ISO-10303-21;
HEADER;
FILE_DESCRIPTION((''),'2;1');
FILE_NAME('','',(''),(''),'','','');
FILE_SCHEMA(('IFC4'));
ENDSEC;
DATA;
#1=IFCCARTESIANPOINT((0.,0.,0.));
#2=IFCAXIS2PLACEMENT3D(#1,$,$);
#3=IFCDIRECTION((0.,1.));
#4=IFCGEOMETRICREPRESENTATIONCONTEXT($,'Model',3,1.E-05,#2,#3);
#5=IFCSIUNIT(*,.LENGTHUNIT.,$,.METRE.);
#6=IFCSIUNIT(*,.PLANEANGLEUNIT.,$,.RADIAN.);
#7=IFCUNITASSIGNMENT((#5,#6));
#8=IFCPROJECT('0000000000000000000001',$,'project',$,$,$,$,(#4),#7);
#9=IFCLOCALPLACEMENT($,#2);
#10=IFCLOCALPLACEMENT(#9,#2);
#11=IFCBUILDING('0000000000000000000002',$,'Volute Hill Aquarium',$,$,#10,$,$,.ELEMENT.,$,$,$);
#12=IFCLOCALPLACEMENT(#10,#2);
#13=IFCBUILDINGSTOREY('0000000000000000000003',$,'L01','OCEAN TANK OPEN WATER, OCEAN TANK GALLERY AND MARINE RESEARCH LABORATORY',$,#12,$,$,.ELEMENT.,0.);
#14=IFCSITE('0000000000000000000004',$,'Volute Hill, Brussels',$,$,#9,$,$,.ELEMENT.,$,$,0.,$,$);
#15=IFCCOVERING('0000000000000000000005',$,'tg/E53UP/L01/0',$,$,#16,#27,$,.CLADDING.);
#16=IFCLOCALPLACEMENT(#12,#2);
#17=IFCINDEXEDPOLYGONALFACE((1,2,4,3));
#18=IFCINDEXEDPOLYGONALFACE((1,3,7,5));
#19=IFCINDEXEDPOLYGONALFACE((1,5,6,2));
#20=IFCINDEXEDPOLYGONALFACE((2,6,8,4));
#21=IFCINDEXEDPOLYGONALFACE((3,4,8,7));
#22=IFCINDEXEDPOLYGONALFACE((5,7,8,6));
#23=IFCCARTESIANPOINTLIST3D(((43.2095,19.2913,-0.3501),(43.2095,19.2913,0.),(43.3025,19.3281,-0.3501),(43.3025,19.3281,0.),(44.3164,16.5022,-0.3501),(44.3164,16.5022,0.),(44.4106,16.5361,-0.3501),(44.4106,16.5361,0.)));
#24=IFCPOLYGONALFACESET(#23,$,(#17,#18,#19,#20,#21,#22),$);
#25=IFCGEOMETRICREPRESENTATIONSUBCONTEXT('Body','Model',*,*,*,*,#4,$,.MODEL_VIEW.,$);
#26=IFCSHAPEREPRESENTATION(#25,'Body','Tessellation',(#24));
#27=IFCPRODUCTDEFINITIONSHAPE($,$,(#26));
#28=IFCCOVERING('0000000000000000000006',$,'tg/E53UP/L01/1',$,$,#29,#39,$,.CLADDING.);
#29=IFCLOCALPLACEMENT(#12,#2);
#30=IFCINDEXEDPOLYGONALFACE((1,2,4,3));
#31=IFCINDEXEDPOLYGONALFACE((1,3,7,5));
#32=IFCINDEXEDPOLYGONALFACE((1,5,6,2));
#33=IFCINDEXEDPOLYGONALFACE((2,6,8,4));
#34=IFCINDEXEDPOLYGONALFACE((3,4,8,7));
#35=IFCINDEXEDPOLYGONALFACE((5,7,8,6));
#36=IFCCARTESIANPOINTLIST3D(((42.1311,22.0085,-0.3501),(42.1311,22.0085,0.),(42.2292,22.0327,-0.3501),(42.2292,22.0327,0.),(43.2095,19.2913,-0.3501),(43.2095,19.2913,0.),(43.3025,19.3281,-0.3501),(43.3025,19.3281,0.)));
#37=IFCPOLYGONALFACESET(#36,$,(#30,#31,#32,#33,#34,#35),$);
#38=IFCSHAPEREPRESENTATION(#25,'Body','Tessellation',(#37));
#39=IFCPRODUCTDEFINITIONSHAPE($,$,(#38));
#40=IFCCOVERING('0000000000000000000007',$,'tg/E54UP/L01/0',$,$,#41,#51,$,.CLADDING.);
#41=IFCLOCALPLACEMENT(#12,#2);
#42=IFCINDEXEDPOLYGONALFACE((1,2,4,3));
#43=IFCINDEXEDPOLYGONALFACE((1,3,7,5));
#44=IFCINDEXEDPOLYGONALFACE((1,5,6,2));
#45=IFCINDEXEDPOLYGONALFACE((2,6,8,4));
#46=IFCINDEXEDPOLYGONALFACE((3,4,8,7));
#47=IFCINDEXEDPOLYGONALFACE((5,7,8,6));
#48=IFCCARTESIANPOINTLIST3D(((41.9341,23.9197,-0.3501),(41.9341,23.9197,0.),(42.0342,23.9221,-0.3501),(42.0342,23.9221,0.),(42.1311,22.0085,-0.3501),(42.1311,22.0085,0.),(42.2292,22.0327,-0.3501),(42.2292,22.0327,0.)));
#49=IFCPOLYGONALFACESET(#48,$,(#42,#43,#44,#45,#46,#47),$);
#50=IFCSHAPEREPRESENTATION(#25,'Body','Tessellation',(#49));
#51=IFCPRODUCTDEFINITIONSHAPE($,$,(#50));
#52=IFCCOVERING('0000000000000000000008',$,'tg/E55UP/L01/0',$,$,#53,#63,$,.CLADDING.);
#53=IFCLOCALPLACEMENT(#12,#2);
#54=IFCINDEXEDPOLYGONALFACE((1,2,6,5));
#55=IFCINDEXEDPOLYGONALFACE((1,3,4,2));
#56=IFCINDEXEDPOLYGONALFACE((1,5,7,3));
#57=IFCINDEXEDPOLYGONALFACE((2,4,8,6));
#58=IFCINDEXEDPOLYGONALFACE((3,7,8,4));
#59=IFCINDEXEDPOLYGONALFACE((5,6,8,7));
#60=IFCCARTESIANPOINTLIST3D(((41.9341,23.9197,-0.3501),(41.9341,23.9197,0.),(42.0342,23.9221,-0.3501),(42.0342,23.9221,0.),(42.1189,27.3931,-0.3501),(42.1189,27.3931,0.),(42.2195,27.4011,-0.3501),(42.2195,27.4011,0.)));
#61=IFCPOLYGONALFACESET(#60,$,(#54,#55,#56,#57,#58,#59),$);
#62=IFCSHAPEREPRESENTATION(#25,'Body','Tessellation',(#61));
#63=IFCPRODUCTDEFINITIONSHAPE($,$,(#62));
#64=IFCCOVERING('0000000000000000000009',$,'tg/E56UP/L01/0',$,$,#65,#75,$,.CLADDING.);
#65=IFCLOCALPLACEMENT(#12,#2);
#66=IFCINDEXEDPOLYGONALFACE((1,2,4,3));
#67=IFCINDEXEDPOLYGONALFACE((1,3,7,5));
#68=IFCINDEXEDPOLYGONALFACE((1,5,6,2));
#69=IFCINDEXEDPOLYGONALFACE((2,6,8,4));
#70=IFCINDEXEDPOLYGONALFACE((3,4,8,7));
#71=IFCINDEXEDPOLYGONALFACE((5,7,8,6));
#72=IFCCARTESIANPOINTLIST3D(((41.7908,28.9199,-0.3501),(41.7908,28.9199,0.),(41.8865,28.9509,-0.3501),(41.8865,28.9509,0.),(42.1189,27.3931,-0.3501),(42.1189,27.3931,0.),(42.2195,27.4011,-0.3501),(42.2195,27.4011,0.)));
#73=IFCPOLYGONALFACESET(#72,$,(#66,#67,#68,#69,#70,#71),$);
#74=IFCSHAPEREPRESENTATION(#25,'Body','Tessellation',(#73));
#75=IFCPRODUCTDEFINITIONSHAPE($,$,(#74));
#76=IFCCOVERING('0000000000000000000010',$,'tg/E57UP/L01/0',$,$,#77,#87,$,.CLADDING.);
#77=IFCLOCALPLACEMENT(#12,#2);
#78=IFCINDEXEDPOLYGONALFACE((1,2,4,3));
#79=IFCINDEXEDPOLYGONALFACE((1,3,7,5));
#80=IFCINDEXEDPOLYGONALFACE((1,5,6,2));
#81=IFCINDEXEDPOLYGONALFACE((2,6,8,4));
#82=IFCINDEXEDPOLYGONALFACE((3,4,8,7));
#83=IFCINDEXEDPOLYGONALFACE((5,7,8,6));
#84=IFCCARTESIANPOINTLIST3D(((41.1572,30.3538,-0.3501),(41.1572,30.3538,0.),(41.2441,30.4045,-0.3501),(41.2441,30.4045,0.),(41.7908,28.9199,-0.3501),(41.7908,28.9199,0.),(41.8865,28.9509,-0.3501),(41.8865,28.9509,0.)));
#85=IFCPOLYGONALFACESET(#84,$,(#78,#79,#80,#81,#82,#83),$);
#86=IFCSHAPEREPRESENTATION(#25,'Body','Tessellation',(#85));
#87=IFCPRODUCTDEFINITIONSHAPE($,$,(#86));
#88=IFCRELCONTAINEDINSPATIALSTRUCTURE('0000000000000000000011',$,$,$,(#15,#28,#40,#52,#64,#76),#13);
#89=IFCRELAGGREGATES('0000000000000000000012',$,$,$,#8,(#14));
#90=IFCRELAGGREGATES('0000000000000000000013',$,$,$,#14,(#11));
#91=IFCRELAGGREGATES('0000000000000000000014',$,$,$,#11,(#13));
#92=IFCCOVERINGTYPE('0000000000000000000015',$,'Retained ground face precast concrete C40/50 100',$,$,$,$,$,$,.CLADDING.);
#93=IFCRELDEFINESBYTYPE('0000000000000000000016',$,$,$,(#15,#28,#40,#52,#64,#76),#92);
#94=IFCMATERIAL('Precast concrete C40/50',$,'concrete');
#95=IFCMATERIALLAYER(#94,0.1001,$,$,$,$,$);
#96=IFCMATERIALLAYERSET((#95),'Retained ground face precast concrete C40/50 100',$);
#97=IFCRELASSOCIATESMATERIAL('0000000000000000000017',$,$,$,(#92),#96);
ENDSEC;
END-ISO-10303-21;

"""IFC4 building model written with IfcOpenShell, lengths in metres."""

from ifc_helpers import new_model, si_unit, direction, frame, origin, place, context, subcontext, project, spatial, polyline, outline, extrude, material, layer, layer_set, type_object, element, save


model = new_model("IFC4")

# Units and contexts
model_context = context("Model", 3, precision=1e-05, world=origin(), true_north=direction((0.0, 1.0)))
body_context = subcontext(model_context, "Body", "Model", "MODEL_VIEW")
ifc_project = project(units=[si_unit("LENGTHUNIT", "METRE"), si_unit("PLANEANGLEUNIT", "RADIAN")], contexts=[model_context])

# Site, building, storey
site_placement = place(None, origin())
site = spatial("IfcSite", under=ifc_project, at=site_placement, Name="Volute Hill, Brussels", CompositionType="ELEMENT", RefElevation=0.0)
building_placement = place(site_placement, origin())
building = spatial("IfcBuilding", under=site, at=building_placement, Name="Volute Hill Aquarium", CompositionType="ELEMENT")
storey_placement = place(building_placement, origin())
storey = spatial("IfcBuildingStorey", under=building, at=storey_placement, Name="L01", Description="OCEAN TANK OPEN WATER, OCEAN TANK GALLERY AND MARINE RESEARCH LABORATORY", CompositionType="ELEMENT", Elevation=0.0)

# Coverings
ifc_material = material(Name="Precast concrete C40/50", Category="concrete")
ifc_layer = layer(ifc_material, 0.1001)
ifc_layer_set = layer_set([ifc_layer], Name="Retained ground face precast concrete C40/50 100")
covering_type = type_object("IfcCoveringType", Name="Retained ground face precast concrete C40/50 100", PredefinedType="CLADDING", material=ifc_layer_set)
covering_1_placement = place(storey_placement, frame((0.0, 0.0, -0.3501)))
element("IfcCovering", 1, at=covering_1_placement, inside=storey, type_object=covering_type, Name="tg/E53UP/L01/0", PredefinedType="CLADDING", context=body_context, shape_type="SweptSolid", body=[
    extrude(outline(polyline([(44.4106, 16.5361), (43.3025, 19.3281), (43.2095, 19.2913), (44.3164, 16.5022), (44.3164, 16.5022), (44.4106, 16.5361), (44.4106, 16.5361)])), origin(), (0.0, 0.0, 1.0), 0.3501),
])
covering_2_placement = place(storey_placement, frame((0.0, 0.0, -0.3501)))
element("IfcCovering", 2, at=covering_2_placement, inside=storey, type_object=covering_type, Name="tg/E53UP/L01/1", PredefinedType="CLADDING", context=body_context, shape_type="SweptSolid", body=[
    extrude(outline(polyline([(42.2292, 22.0327), (42.2292, 22.0327), (42.1311, 22.0085), (42.1311, 22.0085), (43.2095, 19.2913), (43.3025, 19.3281), (42.2292, 22.0327)])), origin(), (0.0, 0.0, 1.0), 0.3501),
])
covering_3_placement = place(storey_placement, frame((0.0, 0.0, -0.3501)))
element("IfcCovering", 3, at=covering_3_placement, inside=storey, type_object=covering_type, Name="tg/E54UP/L01/0", PredefinedType="CLADDING", context=body_context, shape_type="SweptSolid", body=[
    extrude(outline(polyline([(42.2292, 22.0327), (42.0342, 23.9221), (41.9341, 23.9197), (42.1311, 22.0085), (42.2292, 22.0327)])), origin(), (0.0, 0.0, 1.0), 0.3501),
])
covering_4_placement = place(storey_placement, frame((0.0, 0.0, -0.3501)))
element("IfcCovering", 4, at=covering_4_placement, inside=storey, type_object=covering_type, Name="tg/E55UP/L01/0", PredefinedType="CLADDING", context=body_context, shape_type="SweptSolid", body=[
    extrude(outline(polyline([(42.0342, 23.9221), (42.2195, 27.4011), (42.1189, 27.3931), (42.1189, 27.3931), (41.9341, 23.9197), (41.9341, 23.9197), (42.0342, 23.9221), (42.0342, 23.9221)])), origin(), (0.0, 0.0, 1.0), 0.3501),
])
covering_5_placement = place(storey_placement, frame((0.0, 0.0, -0.3501)))
element("IfcCovering", 5, at=covering_5_placement, inside=storey, type_object=covering_type, Name="tg/E56UP/L01/0", PredefinedType="CLADDING", context=body_context, shape_type="SweptSolid", body=[
    extrude(outline(polyline([(42.2195, 27.4011), (41.8865, 28.9509), (41.7908, 28.9199), (42.1189, 27.3931), (42.2195, 27.4011), (42.2195, 27.4011)])), origin(), (0.0, 0.0, 1.0), 0.3501),
])
covering_6_placement = place(storey_placement, frame((0.0, 0.0, -0.3501)))
element("IfcCovering", 6, at=covering_6_placement, inside=storey, type_object=covering_type, Name="tg/E57UP/L01/0", PredefinedType="CLADDING", context=body_context, shape_type="SweptSolid", body=[
    extrude(outline(polyline([(41.8865, 28.9509), (41.2441, 30.4045), (41.1572, 30.3538), (41.1572, 30.3538), (41.7908, 28.9199), (41.7908, 28.9199), (41.8865, 28.9509), (41.8865, 28.9509)])), origin(), (0.0, 0.0, 1.0), 0.3501),
])

save(model, "model.ifc")
